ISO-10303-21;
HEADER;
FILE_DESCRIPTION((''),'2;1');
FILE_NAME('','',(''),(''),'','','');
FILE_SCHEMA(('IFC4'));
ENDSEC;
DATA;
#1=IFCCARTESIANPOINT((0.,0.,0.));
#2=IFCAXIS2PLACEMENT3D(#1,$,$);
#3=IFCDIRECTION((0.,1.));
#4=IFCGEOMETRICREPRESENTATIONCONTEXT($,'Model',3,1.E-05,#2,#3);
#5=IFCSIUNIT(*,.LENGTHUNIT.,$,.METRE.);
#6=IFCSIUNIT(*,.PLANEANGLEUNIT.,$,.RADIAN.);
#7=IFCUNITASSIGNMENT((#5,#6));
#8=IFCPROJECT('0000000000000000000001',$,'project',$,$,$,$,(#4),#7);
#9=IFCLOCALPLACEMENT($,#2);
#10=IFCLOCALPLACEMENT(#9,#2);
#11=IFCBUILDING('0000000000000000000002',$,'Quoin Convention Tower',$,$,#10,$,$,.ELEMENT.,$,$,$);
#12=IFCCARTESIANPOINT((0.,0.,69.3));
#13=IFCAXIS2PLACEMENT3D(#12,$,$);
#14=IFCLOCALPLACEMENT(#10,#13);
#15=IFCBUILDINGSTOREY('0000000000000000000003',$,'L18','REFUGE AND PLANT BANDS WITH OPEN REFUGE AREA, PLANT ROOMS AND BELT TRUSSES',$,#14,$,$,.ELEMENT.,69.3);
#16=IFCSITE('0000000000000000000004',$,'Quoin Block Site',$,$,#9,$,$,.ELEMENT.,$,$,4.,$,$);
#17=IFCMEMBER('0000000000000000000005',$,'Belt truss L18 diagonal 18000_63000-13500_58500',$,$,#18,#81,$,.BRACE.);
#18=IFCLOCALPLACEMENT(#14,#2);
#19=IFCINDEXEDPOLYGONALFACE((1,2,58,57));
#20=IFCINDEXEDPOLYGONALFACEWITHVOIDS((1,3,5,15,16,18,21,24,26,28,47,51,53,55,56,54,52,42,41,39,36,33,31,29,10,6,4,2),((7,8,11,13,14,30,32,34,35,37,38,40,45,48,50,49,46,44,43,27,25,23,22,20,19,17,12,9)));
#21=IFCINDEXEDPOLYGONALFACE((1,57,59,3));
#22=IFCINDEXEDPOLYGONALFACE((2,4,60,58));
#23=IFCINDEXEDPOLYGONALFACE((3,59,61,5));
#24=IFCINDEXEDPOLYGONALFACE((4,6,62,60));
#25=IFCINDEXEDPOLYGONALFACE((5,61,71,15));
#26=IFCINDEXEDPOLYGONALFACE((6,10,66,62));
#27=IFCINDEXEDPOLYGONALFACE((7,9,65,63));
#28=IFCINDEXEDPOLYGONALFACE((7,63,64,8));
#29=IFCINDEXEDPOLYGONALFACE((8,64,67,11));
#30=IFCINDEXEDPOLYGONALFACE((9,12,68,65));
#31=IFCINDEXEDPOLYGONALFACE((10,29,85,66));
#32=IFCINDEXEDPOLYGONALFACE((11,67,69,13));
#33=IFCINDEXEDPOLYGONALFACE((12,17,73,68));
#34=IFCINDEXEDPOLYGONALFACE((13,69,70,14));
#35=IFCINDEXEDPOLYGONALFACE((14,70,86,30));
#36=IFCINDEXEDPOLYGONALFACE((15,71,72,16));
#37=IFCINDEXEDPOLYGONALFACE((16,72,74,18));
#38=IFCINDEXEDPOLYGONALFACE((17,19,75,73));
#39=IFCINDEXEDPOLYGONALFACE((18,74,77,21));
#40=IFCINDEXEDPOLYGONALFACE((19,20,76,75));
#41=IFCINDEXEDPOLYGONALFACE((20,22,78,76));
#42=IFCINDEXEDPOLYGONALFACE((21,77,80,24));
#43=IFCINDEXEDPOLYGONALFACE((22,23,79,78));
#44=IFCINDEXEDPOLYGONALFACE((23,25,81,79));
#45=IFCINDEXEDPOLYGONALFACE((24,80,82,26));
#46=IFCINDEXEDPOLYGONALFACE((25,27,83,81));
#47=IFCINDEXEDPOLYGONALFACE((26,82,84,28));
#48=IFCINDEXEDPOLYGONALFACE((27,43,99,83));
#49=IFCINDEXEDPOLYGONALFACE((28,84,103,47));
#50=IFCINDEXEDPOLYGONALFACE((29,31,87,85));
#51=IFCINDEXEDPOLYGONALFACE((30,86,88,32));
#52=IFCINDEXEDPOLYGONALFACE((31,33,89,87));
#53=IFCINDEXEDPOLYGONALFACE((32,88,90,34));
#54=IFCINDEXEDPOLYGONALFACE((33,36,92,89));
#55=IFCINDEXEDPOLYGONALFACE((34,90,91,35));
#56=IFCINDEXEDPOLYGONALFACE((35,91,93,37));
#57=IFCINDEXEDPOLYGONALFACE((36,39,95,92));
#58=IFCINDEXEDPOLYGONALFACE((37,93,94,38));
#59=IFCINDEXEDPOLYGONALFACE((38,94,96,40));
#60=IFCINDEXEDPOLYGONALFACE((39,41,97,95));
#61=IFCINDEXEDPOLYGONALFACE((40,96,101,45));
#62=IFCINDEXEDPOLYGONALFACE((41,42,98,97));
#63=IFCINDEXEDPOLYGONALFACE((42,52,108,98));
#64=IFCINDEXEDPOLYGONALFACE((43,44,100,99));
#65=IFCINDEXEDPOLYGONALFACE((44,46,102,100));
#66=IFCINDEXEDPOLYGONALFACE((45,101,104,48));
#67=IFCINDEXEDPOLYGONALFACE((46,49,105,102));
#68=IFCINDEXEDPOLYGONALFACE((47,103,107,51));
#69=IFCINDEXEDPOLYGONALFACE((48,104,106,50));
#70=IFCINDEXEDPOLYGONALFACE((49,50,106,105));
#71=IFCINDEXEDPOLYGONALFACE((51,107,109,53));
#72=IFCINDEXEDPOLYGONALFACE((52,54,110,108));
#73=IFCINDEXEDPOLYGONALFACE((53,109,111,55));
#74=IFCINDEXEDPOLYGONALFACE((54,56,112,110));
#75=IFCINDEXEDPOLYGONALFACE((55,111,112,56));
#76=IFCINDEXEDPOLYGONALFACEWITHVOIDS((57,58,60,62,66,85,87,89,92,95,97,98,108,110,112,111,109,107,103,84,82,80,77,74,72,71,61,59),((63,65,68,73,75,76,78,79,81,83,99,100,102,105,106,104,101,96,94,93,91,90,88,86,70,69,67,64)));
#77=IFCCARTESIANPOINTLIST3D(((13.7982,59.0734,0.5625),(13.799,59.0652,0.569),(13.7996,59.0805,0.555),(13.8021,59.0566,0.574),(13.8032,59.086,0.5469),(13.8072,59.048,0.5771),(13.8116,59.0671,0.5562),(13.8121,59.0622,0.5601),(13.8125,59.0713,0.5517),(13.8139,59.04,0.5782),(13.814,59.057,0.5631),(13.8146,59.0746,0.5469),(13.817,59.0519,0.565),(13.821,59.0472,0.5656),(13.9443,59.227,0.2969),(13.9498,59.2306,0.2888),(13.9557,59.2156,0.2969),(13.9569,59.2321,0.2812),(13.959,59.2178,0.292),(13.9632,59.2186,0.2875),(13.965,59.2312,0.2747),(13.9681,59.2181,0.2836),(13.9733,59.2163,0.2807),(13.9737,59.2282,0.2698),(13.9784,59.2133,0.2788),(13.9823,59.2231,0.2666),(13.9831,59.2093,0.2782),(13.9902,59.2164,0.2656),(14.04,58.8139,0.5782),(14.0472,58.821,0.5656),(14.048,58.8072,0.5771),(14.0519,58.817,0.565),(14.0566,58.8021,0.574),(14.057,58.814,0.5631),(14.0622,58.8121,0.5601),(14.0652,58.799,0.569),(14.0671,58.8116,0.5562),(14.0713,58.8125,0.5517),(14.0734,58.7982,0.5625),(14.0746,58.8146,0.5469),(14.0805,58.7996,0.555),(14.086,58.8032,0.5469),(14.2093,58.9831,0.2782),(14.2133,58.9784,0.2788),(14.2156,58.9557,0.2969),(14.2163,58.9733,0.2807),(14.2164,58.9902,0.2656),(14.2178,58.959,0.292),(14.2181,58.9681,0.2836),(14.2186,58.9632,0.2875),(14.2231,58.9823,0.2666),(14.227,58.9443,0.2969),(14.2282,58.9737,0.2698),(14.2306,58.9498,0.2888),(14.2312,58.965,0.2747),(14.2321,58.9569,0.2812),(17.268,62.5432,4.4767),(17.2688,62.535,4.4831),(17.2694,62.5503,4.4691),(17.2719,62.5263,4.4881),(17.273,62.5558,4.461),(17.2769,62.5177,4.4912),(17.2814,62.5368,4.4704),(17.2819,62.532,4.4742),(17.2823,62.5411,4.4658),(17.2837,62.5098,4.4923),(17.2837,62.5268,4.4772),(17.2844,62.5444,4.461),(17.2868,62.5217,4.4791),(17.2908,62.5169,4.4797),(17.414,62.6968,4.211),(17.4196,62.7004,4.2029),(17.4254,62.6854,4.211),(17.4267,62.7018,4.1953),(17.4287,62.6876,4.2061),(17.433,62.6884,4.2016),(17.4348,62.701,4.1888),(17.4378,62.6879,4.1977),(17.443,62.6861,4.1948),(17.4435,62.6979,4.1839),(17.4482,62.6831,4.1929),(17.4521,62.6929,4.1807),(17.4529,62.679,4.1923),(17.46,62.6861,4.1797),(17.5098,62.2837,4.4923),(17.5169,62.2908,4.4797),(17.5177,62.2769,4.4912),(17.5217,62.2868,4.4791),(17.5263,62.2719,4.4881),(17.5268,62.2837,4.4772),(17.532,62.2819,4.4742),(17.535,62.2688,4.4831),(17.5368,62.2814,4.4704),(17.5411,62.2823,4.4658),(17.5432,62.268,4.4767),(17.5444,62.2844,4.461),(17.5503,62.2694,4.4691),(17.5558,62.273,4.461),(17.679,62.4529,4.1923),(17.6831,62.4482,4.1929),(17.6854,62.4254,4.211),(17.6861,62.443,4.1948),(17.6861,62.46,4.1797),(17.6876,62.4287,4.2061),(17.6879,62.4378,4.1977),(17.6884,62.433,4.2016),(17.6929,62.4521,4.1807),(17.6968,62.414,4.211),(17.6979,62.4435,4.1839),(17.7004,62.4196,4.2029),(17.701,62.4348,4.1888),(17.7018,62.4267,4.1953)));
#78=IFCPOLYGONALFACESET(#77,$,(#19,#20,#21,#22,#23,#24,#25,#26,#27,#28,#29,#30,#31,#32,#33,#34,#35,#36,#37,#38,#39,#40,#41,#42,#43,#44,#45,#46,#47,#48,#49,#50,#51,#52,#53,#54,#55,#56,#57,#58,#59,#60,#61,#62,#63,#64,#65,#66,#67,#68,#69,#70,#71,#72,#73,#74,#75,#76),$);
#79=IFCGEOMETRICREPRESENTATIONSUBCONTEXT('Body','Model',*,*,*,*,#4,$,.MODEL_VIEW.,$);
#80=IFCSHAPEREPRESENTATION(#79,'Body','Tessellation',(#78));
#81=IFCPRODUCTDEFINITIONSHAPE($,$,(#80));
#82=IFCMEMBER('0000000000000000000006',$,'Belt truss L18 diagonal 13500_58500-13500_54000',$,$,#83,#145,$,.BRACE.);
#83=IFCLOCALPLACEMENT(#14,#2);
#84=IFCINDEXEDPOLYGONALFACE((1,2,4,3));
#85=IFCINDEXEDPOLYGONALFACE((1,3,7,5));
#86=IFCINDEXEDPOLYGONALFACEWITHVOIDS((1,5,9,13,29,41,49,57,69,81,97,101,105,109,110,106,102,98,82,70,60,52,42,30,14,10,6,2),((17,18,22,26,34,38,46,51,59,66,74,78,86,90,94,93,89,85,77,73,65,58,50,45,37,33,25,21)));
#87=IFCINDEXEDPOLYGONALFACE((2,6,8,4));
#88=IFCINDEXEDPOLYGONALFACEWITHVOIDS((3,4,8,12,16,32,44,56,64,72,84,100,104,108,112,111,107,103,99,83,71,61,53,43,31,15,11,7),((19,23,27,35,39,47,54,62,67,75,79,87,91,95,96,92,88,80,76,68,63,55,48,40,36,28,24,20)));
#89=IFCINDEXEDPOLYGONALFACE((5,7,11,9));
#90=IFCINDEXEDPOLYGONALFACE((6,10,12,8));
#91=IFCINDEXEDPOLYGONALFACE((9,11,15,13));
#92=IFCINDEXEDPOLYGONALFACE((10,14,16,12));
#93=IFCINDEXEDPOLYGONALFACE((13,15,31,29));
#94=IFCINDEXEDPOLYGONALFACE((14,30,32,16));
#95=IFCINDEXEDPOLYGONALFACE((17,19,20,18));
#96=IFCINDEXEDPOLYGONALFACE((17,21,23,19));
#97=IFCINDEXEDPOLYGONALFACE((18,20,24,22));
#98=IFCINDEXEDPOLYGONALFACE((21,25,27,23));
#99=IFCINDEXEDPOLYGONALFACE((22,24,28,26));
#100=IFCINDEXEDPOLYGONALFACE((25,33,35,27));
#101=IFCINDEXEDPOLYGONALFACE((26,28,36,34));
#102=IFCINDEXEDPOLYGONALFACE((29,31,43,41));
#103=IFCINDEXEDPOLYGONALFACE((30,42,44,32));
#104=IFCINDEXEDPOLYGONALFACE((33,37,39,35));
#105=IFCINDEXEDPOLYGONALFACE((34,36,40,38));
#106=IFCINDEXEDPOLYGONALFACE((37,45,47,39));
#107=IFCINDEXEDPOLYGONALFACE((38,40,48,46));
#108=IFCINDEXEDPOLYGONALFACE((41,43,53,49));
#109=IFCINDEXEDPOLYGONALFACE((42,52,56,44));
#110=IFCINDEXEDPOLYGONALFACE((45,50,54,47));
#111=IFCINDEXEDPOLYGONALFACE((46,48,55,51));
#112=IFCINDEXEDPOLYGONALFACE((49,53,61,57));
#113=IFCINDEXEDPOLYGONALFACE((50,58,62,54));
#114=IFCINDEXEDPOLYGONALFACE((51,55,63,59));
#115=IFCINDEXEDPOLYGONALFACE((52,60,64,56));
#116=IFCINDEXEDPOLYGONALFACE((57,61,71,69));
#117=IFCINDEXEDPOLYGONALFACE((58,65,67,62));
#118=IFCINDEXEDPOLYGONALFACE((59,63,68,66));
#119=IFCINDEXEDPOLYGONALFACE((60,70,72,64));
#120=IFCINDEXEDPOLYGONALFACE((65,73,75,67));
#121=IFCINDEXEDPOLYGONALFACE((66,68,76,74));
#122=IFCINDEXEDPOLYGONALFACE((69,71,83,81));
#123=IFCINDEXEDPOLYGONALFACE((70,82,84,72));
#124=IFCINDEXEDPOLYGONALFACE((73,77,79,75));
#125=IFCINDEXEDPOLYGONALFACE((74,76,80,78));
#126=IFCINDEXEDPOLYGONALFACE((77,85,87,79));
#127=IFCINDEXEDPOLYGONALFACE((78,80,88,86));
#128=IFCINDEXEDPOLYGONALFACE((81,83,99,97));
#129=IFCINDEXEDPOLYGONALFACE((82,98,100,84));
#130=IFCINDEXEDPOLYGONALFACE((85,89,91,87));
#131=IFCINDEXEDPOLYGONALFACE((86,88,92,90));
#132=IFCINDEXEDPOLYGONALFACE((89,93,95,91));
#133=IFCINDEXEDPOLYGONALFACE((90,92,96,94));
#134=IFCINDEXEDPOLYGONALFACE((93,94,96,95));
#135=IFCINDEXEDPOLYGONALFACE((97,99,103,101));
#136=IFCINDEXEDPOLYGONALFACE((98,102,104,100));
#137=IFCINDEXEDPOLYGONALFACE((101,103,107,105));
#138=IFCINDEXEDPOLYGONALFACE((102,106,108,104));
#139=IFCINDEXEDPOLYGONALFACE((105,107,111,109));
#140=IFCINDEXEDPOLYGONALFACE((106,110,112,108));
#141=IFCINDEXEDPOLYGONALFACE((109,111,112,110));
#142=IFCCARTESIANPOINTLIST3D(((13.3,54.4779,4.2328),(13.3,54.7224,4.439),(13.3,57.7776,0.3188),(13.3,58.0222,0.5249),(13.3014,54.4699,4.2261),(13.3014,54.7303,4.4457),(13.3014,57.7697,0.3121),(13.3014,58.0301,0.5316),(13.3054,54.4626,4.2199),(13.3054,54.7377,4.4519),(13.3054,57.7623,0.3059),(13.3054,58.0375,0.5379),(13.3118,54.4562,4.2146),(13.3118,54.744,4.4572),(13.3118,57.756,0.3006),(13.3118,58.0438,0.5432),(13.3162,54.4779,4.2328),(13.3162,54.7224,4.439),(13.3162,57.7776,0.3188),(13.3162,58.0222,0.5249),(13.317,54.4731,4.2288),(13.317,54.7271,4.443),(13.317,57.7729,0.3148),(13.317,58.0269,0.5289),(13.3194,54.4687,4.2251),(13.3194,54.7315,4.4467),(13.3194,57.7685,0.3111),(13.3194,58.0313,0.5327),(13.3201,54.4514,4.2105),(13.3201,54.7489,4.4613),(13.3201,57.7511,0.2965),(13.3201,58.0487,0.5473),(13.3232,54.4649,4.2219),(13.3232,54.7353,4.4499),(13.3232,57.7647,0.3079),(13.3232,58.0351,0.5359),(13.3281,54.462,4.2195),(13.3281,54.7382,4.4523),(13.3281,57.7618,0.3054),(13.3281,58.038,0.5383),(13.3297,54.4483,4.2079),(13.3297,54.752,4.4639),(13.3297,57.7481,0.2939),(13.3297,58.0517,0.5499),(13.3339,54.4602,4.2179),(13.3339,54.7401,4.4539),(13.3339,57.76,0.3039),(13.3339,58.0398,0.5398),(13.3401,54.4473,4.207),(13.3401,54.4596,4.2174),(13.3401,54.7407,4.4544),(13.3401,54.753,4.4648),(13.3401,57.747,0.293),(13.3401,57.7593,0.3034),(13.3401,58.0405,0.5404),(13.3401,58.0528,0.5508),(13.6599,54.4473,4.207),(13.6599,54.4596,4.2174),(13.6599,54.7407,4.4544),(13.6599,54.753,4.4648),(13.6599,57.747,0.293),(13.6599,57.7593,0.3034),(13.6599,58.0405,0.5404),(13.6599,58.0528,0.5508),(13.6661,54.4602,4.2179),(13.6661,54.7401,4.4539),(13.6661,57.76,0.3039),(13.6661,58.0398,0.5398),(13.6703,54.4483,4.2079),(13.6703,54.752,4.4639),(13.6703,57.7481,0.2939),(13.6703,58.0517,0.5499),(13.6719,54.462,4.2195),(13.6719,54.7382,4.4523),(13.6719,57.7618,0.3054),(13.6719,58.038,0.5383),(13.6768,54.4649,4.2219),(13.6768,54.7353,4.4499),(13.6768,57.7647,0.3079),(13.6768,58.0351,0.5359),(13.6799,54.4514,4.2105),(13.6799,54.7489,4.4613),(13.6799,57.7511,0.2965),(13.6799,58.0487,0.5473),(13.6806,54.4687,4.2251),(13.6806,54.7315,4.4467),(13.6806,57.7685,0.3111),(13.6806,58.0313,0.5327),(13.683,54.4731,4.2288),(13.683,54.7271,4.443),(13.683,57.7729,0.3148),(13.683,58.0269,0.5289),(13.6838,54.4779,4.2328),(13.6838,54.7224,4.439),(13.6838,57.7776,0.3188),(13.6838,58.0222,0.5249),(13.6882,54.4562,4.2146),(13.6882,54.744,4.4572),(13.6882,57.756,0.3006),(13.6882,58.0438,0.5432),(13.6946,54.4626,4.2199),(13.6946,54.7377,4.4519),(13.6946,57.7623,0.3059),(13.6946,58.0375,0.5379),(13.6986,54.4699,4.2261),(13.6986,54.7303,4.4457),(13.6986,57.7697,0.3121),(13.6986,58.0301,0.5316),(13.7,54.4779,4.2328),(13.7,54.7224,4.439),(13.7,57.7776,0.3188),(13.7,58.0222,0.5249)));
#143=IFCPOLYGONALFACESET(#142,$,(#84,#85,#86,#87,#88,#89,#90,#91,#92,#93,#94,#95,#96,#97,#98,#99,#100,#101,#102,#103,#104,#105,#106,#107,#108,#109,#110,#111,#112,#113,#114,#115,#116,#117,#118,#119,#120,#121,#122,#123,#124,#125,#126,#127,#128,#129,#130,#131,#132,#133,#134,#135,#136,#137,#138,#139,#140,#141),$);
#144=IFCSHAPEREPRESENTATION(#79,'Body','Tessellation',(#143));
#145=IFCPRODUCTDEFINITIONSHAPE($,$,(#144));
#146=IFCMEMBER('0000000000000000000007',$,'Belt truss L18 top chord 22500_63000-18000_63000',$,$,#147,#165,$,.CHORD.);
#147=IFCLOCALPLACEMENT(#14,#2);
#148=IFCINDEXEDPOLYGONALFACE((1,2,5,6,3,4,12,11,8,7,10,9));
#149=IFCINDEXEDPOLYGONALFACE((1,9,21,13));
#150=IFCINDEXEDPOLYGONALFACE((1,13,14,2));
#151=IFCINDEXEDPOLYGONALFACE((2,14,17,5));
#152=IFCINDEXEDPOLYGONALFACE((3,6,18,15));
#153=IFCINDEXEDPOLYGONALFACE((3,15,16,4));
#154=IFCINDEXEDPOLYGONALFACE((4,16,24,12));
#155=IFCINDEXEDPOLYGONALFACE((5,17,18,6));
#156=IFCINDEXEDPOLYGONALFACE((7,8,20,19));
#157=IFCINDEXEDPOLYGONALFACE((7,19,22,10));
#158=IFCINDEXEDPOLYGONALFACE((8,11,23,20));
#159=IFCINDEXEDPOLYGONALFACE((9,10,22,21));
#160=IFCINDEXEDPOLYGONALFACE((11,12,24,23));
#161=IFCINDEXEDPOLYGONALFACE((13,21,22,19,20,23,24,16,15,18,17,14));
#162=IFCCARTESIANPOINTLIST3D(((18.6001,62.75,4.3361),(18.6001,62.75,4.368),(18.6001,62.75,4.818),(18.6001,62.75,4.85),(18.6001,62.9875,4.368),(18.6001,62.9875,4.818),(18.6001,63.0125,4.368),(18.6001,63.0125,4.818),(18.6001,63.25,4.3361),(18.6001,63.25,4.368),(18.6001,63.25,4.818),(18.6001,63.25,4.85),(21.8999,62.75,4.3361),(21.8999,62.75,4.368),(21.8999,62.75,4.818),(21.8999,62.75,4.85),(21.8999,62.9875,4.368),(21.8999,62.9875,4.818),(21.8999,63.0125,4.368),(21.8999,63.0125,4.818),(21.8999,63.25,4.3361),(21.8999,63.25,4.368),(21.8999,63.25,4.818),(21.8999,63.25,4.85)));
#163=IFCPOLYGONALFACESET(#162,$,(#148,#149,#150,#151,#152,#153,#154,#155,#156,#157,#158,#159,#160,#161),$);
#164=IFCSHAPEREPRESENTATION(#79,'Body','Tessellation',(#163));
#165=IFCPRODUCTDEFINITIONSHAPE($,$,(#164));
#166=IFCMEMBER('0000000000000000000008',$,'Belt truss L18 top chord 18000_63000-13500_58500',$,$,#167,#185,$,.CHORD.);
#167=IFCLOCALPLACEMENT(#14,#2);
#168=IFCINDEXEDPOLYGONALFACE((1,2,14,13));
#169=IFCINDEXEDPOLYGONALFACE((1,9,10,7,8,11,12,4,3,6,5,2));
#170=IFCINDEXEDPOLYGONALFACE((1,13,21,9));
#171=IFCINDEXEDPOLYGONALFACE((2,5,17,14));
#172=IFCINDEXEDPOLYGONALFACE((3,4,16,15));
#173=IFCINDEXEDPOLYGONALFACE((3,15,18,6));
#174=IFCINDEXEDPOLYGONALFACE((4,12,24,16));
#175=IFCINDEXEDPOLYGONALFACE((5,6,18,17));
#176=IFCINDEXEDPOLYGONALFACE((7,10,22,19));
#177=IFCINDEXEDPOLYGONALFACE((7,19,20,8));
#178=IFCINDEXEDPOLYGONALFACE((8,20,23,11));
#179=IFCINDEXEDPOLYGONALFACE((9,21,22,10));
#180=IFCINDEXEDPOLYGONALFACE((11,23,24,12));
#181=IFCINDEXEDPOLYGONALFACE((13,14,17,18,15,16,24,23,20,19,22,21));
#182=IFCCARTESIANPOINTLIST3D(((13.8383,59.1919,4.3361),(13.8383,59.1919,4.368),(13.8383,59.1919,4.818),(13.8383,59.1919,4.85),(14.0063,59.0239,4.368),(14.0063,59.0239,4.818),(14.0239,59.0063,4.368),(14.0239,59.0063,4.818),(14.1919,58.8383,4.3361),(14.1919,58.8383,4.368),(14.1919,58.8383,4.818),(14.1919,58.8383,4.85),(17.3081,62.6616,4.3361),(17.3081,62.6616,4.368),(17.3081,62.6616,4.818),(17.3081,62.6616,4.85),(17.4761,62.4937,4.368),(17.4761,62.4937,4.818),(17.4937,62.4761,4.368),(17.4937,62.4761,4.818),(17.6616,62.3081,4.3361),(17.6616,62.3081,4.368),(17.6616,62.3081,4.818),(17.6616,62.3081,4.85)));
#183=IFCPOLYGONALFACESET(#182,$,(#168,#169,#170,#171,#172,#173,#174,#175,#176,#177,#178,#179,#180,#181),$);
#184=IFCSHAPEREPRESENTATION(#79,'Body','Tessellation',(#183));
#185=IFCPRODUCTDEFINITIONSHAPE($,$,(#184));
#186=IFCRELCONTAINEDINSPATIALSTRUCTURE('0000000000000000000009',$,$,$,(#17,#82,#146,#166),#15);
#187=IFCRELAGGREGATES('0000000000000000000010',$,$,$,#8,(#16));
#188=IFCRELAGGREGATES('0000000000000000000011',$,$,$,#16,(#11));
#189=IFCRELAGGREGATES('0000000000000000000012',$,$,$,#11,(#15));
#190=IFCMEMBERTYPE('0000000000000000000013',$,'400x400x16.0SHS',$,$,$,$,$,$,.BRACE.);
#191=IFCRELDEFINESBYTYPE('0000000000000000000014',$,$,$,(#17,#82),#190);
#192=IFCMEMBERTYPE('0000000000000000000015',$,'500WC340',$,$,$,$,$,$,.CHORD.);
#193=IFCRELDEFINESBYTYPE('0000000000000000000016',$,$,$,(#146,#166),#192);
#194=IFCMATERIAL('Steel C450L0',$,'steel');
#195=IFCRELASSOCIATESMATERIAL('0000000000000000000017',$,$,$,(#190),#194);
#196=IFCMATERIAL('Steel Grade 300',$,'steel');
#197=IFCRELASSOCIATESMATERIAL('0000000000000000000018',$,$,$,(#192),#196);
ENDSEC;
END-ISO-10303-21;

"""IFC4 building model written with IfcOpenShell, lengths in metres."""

from ifc_helpers import new_model, si_unit, direction, frame, origin, origin_2d, place, context, subcontext, project, spatial, hollow_rectangle, i_section, extrude, material, material_profile, profile_set, type_object, element, save


model = new_model("IFC4")

# Units and contexts
model_context = context("Model", 3, precision=1e-05, world=origin(), true_north=direction((0.0, 1.0)))
body_context = subcontext(model_context, "Body", "Model", "MODEL_VIEW")
ifc_project = project(units=[si_unit("LENGTHUNIT", "METRE"), si_unit("PLANEANGLEUNIT", "RADIAN")], contexts=[model_context])

# Site, building, storey
site_placement = place(None, origin())
site = spatial("IfcSite", under=ifc_project, at=site_placement, Name="Quoin Block Site", CompositionType="ELEMENT", RefElevation=4.0)
building_placement = place(site_placement, origin())
building = spatial("IfcBuilding", under=site, at=building_placement, Name="Quoin Convention Tower", CompositionType="ELEMENT")
storey_placement = place(building_placement, frame((0.0, 0.0, 69.3)))
storey = spatial("IfcBuildingStorey", under=building, at=storey_placement, Name="L18", Description="REFUGE AND PLANT BANDS WITH OPEN REFUGE AREA, PLANT ROOMS AND BELT TRUSSES", CompositionType="ELEMENT", Elevation=69.3)

# Shared definitions
ifc_material_1 = material(Name="Steel Grade 300", Category="steel")

# Members
ifc_material_2 = material(Name="Steel C450L0", Category="steel")
ifc_material_profile_1 = material_profile(ifc_material_2, hollow_rectangle(XDim=0.3999, YDim=0.3999, WallThickness=0.0161, InnerFilletRadius=0.0239, OuterFilletRadius=0.04, at=origin_2d()), Name="400x400x16.0SHS")
ifc_profile_set_1 = profile_set([ifc_material_profile_1], Name="Steel C450L0")
member_type_1 = type_object("IfcMemberType", Name="400x400x16.0SHS", PredefinedType="BRACE", material=ifc_profile_set_1)
member_1_placement = place(storey_placement, frame((14.0151, 59.0151, 0.4219), z_axis=(0.552788, 0.552788, 0.623579), x_axis=(-0.707107, 0.707107, 0.0)))
element("IfcMember", 1, at=member_1_placement, inside=storey, type_object=member_type_1, Name="Belt truss L18 diagonal 18000_63000-13500_58500", PredefinedType="BRACE", context=body_context, shape_type="SweptSolid", body=[
    extrude(hollow_rectangle(XDim=0.3999, YDim=0.3999, WallThickness=0.0161, InnerFilletRadius=0.0239, OuterFilletRadius=0.04, at=origin_2d()), origin(), (0.0, 0.0, 1.0), 6.2769),
])
member_2_placement = place(storey_placement, frame((13.5, 57.8999, 0.4219), z_axis=(0.0, -0.644564, 0.76455), x_axis=(1.0, 0.0, 0.0)))
element("IfcMember", 2, at=member_2_placement, inside=storey, type_object=member_type_1, Name="Belt truss L18 diagonal 13500_58500-13500_54000", PredefinedType="BRACE", context=body_context, shape_type="SweptSolid", body=[
    extrude(hollow_rectangle(XDim=0.3999, YDim=0.3999, WallThickness=0.0161, InnerFilletRadius=0.0239, OuterFilletRadius=0.04, at=origin_2d()), origin(), (0.0, 0.0, 1.0), 5.1194),
])
ifc_material_profile_2 = material_profile(ifc_material_1, i_section(OverallWidth=0.5, OverallDepth=0.5139, WebThickness=0.0249, FlangeThickness=0.032, at=origin_2d()), Name="500WC340")
ifc_profile_set_2 = profile_set([ifc_material_profile_2], Name="Steel Grade 300")
member_type_2 = type_object("IfcMemberType", Name="500WC340", PredefinedType="CHORD", material=ifc_profile_set_2)
member_3_placement = place(storey_placement, frame((21.8999, 63.0, 4.593), z_axis=(-1.0, 0.0, 0.0), x_axis=(0.0, -1.0, 0.0)))
element("IfcMember", 3, at=member_3_placement, inside=storey, type_object=member_type_2, Name="Belt truss L18 top chord 22500_63000-18000_63000", PredefinedType="CHORD", context=body_context, shape_type="SweptSolid", body=[
    extrude(i_section(OverallWidth=0.5, OverallDepth=0.5139, WebThickness=0.0249, FlangeThickness=0.032, at=origin_2d()), origin(), (0.0, 0.0, 1.0), 3.2998),
])
member_4_placement = place(storey_placement, frame((17.4849, 62.4849, 4.593), z_axis=(-0.707107, -0.707107, 0.0), x_axis=(0.707107, -0.707107, 0.0)))
element("IfcMember", 4, at=member_4_placement, inside=storey, type_object=member_type_2, Name="Belt truss L18 top chord 18000_63000-13500_58500", PredefinedType="CHORD", context=body_context, shape_type="SweptSolid", body=[
    extrude(i_section(OverallWidth=0.5, OverallDepth=0.5139, WebThickness=0.0249, FlangeThickness=0.032, at=origin_2d()), origin(), (0.0, 0.0, 1.0), 4.907),
])

save(model, "model.ifc")
